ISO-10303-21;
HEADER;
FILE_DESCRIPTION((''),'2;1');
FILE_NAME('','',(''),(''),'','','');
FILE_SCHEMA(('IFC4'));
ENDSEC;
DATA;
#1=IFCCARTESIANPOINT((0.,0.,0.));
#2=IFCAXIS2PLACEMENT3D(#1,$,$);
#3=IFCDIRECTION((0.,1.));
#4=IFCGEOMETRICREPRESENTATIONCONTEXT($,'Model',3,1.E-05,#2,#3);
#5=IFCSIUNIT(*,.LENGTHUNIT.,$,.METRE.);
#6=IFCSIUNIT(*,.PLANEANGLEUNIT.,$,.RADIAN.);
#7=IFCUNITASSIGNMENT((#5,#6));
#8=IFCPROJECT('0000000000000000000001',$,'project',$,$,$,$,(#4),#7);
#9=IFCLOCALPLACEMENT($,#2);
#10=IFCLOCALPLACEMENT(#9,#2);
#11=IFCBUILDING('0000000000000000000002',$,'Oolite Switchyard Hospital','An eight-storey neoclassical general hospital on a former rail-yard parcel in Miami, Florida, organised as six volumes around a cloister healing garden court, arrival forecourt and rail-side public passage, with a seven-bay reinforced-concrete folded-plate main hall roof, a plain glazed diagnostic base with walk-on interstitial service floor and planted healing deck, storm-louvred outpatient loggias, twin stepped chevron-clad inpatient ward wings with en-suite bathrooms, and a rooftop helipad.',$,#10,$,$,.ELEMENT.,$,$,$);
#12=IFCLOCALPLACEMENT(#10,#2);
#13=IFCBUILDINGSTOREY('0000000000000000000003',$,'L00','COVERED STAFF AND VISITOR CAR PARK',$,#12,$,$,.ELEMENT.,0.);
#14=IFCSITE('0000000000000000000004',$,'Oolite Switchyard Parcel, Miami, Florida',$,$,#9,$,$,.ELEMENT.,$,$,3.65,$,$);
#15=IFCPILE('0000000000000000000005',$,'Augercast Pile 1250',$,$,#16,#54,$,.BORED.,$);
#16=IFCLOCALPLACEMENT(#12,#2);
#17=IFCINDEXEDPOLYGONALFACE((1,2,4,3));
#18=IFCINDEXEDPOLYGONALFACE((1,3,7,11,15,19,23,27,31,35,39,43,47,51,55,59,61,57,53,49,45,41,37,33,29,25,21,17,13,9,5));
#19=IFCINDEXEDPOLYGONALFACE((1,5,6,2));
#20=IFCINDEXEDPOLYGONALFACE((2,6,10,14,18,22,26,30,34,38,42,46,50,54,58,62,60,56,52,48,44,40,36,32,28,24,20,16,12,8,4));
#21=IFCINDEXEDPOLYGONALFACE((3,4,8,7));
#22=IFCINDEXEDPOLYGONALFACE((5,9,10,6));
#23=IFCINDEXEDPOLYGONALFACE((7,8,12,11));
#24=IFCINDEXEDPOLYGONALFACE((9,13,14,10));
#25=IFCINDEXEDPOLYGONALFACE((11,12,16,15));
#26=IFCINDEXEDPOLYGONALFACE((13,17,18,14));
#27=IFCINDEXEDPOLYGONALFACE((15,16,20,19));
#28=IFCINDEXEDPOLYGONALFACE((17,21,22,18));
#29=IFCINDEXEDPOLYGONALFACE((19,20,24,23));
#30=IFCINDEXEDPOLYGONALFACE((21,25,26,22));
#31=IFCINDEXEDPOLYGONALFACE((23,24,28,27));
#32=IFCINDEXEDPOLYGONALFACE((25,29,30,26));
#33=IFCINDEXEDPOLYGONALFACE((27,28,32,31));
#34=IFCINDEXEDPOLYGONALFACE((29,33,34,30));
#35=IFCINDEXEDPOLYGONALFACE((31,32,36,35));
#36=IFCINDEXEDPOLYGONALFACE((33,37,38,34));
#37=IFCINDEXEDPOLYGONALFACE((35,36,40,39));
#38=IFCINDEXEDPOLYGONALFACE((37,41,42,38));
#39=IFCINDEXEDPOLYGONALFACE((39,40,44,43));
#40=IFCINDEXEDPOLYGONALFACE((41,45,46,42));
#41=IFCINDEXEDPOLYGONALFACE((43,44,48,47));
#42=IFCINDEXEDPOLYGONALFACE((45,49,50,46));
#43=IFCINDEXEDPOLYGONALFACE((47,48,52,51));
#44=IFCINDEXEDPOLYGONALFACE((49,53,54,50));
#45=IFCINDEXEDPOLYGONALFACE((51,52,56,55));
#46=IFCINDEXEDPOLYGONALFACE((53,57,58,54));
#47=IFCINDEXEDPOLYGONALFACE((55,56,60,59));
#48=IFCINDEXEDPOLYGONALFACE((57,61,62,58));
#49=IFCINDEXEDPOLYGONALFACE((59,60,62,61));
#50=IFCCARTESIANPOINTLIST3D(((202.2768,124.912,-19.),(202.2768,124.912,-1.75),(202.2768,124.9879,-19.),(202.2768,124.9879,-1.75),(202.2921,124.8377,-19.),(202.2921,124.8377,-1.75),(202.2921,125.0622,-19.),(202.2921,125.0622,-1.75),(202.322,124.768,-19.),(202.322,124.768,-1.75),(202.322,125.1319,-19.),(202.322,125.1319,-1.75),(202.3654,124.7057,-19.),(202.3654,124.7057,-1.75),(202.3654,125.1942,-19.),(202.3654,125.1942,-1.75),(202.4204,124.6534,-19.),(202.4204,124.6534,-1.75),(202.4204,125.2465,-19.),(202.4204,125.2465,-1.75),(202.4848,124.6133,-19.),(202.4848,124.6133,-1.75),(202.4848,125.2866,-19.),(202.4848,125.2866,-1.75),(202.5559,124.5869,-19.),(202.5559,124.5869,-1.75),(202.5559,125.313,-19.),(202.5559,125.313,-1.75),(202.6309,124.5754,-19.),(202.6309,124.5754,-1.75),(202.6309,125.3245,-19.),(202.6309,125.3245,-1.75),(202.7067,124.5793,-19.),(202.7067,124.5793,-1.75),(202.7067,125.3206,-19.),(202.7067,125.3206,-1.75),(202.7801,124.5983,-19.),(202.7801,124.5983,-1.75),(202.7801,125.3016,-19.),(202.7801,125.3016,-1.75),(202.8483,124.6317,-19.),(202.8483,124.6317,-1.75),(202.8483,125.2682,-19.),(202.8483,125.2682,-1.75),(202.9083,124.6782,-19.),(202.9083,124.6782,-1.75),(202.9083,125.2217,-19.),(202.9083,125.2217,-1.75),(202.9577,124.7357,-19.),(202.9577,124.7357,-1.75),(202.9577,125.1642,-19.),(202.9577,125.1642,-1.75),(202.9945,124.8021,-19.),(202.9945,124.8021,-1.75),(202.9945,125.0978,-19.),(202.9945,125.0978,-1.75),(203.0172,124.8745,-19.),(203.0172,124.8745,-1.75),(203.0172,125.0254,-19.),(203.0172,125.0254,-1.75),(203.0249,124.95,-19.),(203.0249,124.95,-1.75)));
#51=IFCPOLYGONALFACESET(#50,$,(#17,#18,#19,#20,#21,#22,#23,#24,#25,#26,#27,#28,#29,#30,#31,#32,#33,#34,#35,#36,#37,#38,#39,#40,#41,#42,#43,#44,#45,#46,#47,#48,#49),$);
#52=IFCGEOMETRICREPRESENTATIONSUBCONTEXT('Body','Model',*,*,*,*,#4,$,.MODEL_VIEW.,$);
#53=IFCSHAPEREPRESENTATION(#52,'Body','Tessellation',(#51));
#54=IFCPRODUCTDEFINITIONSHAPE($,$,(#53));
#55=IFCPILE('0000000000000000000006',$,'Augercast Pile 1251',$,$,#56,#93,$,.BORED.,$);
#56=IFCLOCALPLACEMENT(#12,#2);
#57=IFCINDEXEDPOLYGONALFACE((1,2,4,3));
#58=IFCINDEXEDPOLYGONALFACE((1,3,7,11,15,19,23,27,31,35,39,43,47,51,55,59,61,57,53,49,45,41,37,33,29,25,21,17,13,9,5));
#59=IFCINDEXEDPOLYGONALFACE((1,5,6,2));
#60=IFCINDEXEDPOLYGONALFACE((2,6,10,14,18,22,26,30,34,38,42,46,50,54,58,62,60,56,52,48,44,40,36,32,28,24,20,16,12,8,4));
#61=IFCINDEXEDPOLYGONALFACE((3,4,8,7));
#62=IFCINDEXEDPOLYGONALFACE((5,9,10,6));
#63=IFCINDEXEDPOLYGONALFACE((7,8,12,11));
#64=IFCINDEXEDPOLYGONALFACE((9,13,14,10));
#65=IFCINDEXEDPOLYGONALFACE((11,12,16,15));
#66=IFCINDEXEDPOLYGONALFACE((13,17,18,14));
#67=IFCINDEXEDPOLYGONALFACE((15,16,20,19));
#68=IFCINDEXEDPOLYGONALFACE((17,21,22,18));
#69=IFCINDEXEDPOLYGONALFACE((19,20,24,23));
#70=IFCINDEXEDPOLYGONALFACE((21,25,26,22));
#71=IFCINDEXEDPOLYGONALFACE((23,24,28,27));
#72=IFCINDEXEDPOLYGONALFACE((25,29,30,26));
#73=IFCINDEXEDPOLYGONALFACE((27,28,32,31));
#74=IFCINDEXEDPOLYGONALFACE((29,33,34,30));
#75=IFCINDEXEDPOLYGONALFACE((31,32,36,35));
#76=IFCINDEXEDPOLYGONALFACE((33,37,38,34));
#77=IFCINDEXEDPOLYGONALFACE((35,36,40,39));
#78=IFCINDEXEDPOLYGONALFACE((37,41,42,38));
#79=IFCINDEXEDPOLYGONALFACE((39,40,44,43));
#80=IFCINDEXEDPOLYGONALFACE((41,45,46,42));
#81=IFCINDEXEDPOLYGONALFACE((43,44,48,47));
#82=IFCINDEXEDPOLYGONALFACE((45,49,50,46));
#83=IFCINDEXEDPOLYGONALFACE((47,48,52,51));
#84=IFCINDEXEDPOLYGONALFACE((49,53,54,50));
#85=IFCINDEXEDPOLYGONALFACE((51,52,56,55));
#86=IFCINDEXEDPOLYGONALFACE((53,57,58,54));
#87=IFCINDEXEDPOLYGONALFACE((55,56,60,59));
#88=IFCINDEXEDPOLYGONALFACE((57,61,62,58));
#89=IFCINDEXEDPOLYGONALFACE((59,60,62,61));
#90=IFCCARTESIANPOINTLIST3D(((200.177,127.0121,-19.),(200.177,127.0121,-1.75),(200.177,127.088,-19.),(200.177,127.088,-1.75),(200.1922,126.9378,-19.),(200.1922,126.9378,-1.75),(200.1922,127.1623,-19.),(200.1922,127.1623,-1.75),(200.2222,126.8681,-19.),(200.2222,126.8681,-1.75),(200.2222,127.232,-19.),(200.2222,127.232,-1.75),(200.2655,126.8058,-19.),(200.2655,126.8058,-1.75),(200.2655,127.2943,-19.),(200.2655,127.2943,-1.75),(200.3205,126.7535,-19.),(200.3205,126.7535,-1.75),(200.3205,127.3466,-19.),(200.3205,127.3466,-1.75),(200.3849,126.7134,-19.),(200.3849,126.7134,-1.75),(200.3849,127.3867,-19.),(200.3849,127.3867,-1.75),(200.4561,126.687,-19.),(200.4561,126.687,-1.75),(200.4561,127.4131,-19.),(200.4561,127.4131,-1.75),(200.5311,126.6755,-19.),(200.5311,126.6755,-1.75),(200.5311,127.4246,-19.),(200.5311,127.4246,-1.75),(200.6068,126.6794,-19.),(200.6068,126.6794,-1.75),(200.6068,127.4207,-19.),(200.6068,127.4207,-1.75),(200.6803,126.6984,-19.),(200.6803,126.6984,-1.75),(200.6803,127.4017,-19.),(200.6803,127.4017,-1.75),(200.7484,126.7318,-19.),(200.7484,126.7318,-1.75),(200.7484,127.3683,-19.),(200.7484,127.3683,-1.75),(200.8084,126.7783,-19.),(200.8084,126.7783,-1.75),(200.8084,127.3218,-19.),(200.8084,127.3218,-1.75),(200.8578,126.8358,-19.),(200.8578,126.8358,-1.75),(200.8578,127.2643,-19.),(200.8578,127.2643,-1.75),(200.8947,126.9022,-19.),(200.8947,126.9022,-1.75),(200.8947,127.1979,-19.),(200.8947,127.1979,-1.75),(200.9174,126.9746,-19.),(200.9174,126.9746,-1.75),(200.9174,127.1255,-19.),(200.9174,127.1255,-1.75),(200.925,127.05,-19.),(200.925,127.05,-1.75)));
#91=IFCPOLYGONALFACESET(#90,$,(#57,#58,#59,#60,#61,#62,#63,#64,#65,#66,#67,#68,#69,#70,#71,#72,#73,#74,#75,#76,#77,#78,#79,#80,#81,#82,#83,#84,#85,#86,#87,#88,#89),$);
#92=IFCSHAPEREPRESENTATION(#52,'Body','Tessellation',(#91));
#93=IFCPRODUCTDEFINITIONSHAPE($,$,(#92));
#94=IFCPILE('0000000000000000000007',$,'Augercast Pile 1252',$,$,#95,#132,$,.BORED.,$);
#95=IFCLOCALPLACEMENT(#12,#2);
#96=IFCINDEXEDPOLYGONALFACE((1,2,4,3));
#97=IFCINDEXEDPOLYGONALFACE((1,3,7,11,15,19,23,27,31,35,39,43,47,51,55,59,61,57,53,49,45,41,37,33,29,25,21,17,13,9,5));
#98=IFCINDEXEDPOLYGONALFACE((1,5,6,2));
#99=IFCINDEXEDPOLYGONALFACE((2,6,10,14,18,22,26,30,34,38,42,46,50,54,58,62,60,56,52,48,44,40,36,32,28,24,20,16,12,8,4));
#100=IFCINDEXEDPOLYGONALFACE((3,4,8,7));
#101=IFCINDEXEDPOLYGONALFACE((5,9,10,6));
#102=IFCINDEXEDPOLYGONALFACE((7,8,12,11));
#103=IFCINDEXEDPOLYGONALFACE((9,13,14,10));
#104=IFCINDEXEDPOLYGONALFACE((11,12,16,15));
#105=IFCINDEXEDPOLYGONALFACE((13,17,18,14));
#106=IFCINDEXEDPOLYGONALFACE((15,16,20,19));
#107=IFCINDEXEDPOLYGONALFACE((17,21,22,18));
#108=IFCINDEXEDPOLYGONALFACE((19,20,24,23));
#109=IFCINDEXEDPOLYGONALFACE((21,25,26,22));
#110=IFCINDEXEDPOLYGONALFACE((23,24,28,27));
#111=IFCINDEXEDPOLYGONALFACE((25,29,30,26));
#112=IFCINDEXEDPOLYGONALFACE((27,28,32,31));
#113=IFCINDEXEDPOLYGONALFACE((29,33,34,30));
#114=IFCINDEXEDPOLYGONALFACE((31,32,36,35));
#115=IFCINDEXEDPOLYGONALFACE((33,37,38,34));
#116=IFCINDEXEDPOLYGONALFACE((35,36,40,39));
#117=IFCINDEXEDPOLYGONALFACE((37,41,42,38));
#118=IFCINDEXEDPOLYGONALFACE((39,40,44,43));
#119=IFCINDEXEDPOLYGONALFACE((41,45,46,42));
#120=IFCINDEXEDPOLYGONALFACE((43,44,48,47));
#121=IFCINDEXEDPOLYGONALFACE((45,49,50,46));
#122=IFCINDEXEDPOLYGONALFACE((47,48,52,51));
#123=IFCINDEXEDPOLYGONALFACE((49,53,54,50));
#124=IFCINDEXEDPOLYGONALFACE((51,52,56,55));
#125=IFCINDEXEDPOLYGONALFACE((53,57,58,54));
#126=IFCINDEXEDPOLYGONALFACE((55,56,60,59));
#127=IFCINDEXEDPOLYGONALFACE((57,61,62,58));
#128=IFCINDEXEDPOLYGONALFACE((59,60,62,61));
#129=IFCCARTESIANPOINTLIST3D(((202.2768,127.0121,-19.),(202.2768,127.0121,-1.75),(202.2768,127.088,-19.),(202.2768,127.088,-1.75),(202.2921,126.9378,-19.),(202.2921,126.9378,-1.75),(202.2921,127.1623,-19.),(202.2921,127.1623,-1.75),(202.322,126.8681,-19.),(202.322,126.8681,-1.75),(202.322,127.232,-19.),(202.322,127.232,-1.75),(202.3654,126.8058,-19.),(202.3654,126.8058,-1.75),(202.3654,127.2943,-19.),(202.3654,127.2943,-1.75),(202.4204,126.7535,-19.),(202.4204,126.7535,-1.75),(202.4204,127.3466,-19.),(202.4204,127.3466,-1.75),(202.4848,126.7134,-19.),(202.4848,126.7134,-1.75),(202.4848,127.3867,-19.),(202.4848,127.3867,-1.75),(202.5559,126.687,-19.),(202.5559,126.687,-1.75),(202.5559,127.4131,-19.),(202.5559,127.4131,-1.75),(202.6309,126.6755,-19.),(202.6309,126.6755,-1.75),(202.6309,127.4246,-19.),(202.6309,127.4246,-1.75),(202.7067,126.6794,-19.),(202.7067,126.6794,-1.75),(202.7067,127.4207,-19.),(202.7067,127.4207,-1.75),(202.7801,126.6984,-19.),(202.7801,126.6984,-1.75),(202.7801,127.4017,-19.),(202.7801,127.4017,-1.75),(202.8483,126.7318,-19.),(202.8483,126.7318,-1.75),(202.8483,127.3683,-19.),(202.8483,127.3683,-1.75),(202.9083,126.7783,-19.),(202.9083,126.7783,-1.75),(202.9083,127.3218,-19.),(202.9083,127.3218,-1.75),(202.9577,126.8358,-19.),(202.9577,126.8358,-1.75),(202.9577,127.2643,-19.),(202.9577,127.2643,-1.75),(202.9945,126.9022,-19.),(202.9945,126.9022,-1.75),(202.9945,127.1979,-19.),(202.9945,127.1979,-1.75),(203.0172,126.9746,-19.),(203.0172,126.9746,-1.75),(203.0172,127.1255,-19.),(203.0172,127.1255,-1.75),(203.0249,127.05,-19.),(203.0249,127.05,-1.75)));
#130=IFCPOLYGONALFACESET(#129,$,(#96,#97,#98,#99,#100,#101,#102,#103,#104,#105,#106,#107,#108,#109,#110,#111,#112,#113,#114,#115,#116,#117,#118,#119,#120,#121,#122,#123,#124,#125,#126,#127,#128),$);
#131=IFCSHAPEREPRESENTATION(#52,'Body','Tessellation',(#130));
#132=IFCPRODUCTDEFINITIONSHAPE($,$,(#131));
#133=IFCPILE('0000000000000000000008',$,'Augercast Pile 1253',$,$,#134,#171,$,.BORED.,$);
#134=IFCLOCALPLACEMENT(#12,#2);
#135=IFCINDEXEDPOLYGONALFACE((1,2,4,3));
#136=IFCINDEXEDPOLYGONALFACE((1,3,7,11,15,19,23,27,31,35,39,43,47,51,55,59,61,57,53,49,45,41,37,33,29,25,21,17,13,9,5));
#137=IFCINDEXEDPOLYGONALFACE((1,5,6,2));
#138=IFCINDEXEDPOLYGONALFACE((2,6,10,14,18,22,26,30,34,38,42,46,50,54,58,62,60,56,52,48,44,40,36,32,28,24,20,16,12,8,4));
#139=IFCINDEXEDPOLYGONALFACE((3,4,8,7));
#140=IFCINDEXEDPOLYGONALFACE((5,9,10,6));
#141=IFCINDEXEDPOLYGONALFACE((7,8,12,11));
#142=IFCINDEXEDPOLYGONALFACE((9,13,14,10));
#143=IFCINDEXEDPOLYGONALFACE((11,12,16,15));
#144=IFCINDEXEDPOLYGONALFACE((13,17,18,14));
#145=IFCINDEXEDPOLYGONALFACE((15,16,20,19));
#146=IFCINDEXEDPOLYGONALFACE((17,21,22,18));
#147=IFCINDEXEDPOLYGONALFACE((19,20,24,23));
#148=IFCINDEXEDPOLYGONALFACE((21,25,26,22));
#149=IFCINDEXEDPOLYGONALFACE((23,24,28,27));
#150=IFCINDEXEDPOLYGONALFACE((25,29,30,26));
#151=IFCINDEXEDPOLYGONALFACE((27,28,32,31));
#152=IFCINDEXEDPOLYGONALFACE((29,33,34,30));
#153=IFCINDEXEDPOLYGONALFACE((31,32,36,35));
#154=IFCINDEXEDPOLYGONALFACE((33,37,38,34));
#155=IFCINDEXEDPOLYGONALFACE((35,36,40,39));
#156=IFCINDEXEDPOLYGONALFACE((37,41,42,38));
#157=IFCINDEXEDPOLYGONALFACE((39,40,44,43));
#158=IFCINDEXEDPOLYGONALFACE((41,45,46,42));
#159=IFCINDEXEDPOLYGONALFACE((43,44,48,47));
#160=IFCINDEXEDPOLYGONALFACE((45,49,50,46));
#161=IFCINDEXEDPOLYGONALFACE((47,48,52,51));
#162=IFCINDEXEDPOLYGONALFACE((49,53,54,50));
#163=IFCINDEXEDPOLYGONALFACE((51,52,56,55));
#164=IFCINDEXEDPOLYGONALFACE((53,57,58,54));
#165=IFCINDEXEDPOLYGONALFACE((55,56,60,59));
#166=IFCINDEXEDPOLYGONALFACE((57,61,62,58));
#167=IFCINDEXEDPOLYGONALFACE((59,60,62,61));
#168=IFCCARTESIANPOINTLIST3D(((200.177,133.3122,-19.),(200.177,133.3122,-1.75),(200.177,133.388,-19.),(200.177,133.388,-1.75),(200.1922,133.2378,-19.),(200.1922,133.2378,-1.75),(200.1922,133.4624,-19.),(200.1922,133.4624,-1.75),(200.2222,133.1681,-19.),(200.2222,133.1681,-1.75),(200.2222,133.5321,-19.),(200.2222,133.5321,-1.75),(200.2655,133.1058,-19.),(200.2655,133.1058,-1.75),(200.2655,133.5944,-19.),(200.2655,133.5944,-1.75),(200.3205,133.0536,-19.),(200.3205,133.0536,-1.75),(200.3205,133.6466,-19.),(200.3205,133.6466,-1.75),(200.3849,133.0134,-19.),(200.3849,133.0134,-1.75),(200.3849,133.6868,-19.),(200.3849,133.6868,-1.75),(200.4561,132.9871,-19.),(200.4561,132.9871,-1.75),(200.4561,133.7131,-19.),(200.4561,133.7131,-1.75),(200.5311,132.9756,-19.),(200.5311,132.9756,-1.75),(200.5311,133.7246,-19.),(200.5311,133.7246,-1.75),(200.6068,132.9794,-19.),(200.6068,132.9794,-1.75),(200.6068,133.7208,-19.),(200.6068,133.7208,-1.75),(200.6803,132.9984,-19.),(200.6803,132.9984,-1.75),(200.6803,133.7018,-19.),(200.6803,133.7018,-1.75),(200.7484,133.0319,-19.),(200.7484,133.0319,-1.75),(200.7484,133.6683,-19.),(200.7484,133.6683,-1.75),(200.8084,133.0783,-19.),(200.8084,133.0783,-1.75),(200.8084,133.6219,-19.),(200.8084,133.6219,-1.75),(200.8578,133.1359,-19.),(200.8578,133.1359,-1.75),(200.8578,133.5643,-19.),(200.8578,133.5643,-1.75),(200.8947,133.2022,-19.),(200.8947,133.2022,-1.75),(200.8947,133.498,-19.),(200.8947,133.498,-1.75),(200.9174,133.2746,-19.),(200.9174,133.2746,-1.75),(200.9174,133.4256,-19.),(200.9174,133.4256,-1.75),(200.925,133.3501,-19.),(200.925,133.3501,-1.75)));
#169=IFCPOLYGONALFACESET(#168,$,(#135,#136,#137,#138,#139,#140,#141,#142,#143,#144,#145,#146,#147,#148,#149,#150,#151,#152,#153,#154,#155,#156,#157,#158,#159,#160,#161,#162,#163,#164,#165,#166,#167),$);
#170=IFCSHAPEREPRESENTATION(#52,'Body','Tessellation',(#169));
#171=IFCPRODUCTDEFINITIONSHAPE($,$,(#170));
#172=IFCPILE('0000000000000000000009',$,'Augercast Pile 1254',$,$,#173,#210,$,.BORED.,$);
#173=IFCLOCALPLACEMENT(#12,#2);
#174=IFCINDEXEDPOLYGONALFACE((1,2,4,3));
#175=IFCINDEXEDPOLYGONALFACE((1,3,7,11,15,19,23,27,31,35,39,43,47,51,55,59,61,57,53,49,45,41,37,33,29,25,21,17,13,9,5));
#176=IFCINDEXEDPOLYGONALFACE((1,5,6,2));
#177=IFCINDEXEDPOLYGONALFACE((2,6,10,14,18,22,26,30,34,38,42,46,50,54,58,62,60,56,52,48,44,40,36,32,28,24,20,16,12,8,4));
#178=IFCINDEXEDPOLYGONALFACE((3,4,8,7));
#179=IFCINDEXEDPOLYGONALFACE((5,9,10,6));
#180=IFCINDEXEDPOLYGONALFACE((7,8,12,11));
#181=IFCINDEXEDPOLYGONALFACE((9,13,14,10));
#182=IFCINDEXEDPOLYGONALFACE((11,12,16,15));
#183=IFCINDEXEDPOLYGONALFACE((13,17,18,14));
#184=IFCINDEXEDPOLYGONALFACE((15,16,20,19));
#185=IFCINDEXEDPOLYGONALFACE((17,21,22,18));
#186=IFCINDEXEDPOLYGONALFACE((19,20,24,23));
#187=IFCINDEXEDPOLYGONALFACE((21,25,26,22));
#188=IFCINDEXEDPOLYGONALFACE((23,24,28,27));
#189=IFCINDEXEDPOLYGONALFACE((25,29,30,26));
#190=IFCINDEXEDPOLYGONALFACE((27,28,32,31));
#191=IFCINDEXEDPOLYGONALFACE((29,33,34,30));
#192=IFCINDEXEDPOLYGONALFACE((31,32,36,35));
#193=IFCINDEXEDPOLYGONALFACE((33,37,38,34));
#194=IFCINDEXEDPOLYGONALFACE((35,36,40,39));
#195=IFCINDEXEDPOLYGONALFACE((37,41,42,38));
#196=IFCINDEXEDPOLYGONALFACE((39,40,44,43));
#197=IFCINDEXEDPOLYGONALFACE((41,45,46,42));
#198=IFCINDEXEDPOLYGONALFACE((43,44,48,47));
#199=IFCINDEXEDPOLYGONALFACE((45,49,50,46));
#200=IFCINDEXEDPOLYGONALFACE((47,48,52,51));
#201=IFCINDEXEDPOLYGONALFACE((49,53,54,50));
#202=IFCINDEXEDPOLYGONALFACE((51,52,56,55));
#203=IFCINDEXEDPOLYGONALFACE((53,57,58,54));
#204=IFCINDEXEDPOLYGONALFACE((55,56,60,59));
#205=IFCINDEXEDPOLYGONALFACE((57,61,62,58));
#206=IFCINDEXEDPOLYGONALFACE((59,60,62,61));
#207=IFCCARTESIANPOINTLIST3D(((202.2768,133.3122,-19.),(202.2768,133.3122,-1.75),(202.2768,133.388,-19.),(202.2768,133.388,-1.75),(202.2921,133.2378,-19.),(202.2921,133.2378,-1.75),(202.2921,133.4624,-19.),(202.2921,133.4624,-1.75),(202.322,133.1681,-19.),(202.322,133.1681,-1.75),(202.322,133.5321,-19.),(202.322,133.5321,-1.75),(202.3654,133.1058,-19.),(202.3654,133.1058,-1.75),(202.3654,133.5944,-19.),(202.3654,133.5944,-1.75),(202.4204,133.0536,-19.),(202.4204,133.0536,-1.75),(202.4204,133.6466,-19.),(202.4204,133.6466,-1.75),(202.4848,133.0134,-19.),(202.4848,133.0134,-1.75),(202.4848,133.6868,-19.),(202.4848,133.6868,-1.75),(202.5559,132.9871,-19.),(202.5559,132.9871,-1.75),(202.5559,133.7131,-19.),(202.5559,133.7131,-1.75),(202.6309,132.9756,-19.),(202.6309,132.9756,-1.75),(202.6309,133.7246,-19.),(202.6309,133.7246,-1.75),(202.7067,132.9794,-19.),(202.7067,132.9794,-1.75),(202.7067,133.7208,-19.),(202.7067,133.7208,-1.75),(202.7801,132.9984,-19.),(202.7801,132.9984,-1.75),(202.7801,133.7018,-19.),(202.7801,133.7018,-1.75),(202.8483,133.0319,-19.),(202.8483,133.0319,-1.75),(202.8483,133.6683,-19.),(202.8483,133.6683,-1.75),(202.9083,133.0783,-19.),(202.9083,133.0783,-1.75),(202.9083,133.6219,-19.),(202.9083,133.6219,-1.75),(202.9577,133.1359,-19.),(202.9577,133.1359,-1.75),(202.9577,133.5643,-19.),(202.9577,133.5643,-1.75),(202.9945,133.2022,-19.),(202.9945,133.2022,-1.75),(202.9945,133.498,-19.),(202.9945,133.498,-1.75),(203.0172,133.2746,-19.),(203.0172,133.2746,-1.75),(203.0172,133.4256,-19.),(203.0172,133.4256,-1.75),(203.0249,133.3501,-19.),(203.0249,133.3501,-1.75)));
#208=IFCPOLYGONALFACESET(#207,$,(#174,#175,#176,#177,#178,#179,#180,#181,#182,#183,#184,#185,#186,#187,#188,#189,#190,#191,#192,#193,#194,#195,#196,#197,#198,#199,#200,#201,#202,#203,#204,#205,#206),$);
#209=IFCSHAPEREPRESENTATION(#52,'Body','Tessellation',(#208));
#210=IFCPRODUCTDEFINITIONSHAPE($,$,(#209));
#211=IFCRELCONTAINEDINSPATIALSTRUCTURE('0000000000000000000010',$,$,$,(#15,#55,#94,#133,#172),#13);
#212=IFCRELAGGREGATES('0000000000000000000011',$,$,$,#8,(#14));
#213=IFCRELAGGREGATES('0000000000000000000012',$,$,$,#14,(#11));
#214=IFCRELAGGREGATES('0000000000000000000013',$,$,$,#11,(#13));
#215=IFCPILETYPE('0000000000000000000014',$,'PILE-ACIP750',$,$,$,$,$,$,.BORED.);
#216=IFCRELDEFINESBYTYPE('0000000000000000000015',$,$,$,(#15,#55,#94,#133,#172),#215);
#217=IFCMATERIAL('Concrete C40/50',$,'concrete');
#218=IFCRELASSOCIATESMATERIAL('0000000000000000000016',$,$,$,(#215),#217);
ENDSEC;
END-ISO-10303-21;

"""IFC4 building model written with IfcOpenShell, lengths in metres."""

from ifc_helpers import new_model, si_unit, direction, frame, origin, origin_2d, place, context, subcontext, project, spatial, circle, extrude, material, material_profile, profile_set, type_object, element, save


model = new_model("IFC4")

# Units and contexts
model_context = context("Model", 3, precision=1e-05, world=origin(), true_north=direction((0.0, 1.0)))
body_context = subcontext(model_context, "Body", "Model", "MODEL_VIEW")
ifc_project = project(units=[si_unit("LENGTHUNIT", "METRE"), si_unit("PLANEANGLEUNIT", "RADIAN")], contexts=[model_context])

# Site, building, storey
site_placement = place(None, origin())
site = spatial("IfcSite", under=ifc_project, at=site_placement, Name="Oolite Switchyard Parcel, Miami, Florida", CompositionType="ELEMENT", RefElevation=3.65)
building_placement = place(site_placement, origin())
building = spatial("IfcBuilding", under=site, at=building_placement, Name="Oolite Switchyard Hospital", Description="An eight-storey neoclassical general hospital on a former rail-yard parcel in Miami, Florida, organised as six volumes around a cloister healing garden court, arrival forecourt and rail-side public passage, with a seven-bay reinforced-concrete folded-plate main hall roof, a plain glazed diagnostic base with walk-on interstitial service floor and planted healing deck, storm-louvred outpatient loggias, twin stepped chevron-clad inpatient ward wings with en-suite bathrooms, and a rooftop helipad.", CompositionType="ELEMENT")
storey_placement = place(building_placement, origin())
storey = spatial("IfcBuildingStorey", under=building, at=storey_placement, Name="L00", Description="COVERED STAFF AND VISITOR CAR PARK", CompositionType="ELEMENT", Elevation=0.0)

# Shared definitions
ifc_material_1 = material(Name="Concrete C40/50", Category="concrete")

# Piles
ifc_material_profile_1 = material_profile(ifc_material_1, circle(Radius=0.375, at=origin_2d()), Name="PILE750")
ifc_profile_set_1 = profile_set([ifc_material_profile_1], Name="Concrete C40/50")
pile_type = type_object("IfcPileType", Name="PILE-ACIP750", PredefinedType="BORED", material=ifc_profile_set_1)
for number, where, z_axis, x_axis, name in (
    (1, (202.6499, 124.95, -1.75), (0.0, 0.0, -1.0), (1.0, 0.0, 0.0), "Augercast Pile 1250"),
    (2, (200.55, 127.05, -1.75), (0.0, 0.0, -1.0), (1.0, 0.0, 0.0), "Augercast Pile 1251"),
    (3, (202.6499, 127.05, -1.75), (0.0, 0.0, -1.0), (1.0, 0.0, 0.0), "Augercast Pile 1252"),
    (4, (200.55, 133.3501, -1.75), (0.0, 0.0, -1.0), (1.0, 0.0, 0.0), "Augercast Pile 1253"),
    (5, (202.6499, 133.3501, -1.75), (0.0, 0.0, -1.0), (1.0, 0.0, 0.0), "Augercast Pile 1254"),
):
    element("IfcPile", number, at=place(storey_placement, frame(where, z_axis=z_axis, x_axis=x_axis)), inside=storey, type_object=pile_type, Name=name, PredefinedType="BORED", context=body_context, shape_type="SweptSolid", body=[
        extrude(circle(Radius=0.375, at=origin_2d()), origin(), (0.0, 0.0, 1.0), 17.25),
    ])

save(model, "model.ifc")
